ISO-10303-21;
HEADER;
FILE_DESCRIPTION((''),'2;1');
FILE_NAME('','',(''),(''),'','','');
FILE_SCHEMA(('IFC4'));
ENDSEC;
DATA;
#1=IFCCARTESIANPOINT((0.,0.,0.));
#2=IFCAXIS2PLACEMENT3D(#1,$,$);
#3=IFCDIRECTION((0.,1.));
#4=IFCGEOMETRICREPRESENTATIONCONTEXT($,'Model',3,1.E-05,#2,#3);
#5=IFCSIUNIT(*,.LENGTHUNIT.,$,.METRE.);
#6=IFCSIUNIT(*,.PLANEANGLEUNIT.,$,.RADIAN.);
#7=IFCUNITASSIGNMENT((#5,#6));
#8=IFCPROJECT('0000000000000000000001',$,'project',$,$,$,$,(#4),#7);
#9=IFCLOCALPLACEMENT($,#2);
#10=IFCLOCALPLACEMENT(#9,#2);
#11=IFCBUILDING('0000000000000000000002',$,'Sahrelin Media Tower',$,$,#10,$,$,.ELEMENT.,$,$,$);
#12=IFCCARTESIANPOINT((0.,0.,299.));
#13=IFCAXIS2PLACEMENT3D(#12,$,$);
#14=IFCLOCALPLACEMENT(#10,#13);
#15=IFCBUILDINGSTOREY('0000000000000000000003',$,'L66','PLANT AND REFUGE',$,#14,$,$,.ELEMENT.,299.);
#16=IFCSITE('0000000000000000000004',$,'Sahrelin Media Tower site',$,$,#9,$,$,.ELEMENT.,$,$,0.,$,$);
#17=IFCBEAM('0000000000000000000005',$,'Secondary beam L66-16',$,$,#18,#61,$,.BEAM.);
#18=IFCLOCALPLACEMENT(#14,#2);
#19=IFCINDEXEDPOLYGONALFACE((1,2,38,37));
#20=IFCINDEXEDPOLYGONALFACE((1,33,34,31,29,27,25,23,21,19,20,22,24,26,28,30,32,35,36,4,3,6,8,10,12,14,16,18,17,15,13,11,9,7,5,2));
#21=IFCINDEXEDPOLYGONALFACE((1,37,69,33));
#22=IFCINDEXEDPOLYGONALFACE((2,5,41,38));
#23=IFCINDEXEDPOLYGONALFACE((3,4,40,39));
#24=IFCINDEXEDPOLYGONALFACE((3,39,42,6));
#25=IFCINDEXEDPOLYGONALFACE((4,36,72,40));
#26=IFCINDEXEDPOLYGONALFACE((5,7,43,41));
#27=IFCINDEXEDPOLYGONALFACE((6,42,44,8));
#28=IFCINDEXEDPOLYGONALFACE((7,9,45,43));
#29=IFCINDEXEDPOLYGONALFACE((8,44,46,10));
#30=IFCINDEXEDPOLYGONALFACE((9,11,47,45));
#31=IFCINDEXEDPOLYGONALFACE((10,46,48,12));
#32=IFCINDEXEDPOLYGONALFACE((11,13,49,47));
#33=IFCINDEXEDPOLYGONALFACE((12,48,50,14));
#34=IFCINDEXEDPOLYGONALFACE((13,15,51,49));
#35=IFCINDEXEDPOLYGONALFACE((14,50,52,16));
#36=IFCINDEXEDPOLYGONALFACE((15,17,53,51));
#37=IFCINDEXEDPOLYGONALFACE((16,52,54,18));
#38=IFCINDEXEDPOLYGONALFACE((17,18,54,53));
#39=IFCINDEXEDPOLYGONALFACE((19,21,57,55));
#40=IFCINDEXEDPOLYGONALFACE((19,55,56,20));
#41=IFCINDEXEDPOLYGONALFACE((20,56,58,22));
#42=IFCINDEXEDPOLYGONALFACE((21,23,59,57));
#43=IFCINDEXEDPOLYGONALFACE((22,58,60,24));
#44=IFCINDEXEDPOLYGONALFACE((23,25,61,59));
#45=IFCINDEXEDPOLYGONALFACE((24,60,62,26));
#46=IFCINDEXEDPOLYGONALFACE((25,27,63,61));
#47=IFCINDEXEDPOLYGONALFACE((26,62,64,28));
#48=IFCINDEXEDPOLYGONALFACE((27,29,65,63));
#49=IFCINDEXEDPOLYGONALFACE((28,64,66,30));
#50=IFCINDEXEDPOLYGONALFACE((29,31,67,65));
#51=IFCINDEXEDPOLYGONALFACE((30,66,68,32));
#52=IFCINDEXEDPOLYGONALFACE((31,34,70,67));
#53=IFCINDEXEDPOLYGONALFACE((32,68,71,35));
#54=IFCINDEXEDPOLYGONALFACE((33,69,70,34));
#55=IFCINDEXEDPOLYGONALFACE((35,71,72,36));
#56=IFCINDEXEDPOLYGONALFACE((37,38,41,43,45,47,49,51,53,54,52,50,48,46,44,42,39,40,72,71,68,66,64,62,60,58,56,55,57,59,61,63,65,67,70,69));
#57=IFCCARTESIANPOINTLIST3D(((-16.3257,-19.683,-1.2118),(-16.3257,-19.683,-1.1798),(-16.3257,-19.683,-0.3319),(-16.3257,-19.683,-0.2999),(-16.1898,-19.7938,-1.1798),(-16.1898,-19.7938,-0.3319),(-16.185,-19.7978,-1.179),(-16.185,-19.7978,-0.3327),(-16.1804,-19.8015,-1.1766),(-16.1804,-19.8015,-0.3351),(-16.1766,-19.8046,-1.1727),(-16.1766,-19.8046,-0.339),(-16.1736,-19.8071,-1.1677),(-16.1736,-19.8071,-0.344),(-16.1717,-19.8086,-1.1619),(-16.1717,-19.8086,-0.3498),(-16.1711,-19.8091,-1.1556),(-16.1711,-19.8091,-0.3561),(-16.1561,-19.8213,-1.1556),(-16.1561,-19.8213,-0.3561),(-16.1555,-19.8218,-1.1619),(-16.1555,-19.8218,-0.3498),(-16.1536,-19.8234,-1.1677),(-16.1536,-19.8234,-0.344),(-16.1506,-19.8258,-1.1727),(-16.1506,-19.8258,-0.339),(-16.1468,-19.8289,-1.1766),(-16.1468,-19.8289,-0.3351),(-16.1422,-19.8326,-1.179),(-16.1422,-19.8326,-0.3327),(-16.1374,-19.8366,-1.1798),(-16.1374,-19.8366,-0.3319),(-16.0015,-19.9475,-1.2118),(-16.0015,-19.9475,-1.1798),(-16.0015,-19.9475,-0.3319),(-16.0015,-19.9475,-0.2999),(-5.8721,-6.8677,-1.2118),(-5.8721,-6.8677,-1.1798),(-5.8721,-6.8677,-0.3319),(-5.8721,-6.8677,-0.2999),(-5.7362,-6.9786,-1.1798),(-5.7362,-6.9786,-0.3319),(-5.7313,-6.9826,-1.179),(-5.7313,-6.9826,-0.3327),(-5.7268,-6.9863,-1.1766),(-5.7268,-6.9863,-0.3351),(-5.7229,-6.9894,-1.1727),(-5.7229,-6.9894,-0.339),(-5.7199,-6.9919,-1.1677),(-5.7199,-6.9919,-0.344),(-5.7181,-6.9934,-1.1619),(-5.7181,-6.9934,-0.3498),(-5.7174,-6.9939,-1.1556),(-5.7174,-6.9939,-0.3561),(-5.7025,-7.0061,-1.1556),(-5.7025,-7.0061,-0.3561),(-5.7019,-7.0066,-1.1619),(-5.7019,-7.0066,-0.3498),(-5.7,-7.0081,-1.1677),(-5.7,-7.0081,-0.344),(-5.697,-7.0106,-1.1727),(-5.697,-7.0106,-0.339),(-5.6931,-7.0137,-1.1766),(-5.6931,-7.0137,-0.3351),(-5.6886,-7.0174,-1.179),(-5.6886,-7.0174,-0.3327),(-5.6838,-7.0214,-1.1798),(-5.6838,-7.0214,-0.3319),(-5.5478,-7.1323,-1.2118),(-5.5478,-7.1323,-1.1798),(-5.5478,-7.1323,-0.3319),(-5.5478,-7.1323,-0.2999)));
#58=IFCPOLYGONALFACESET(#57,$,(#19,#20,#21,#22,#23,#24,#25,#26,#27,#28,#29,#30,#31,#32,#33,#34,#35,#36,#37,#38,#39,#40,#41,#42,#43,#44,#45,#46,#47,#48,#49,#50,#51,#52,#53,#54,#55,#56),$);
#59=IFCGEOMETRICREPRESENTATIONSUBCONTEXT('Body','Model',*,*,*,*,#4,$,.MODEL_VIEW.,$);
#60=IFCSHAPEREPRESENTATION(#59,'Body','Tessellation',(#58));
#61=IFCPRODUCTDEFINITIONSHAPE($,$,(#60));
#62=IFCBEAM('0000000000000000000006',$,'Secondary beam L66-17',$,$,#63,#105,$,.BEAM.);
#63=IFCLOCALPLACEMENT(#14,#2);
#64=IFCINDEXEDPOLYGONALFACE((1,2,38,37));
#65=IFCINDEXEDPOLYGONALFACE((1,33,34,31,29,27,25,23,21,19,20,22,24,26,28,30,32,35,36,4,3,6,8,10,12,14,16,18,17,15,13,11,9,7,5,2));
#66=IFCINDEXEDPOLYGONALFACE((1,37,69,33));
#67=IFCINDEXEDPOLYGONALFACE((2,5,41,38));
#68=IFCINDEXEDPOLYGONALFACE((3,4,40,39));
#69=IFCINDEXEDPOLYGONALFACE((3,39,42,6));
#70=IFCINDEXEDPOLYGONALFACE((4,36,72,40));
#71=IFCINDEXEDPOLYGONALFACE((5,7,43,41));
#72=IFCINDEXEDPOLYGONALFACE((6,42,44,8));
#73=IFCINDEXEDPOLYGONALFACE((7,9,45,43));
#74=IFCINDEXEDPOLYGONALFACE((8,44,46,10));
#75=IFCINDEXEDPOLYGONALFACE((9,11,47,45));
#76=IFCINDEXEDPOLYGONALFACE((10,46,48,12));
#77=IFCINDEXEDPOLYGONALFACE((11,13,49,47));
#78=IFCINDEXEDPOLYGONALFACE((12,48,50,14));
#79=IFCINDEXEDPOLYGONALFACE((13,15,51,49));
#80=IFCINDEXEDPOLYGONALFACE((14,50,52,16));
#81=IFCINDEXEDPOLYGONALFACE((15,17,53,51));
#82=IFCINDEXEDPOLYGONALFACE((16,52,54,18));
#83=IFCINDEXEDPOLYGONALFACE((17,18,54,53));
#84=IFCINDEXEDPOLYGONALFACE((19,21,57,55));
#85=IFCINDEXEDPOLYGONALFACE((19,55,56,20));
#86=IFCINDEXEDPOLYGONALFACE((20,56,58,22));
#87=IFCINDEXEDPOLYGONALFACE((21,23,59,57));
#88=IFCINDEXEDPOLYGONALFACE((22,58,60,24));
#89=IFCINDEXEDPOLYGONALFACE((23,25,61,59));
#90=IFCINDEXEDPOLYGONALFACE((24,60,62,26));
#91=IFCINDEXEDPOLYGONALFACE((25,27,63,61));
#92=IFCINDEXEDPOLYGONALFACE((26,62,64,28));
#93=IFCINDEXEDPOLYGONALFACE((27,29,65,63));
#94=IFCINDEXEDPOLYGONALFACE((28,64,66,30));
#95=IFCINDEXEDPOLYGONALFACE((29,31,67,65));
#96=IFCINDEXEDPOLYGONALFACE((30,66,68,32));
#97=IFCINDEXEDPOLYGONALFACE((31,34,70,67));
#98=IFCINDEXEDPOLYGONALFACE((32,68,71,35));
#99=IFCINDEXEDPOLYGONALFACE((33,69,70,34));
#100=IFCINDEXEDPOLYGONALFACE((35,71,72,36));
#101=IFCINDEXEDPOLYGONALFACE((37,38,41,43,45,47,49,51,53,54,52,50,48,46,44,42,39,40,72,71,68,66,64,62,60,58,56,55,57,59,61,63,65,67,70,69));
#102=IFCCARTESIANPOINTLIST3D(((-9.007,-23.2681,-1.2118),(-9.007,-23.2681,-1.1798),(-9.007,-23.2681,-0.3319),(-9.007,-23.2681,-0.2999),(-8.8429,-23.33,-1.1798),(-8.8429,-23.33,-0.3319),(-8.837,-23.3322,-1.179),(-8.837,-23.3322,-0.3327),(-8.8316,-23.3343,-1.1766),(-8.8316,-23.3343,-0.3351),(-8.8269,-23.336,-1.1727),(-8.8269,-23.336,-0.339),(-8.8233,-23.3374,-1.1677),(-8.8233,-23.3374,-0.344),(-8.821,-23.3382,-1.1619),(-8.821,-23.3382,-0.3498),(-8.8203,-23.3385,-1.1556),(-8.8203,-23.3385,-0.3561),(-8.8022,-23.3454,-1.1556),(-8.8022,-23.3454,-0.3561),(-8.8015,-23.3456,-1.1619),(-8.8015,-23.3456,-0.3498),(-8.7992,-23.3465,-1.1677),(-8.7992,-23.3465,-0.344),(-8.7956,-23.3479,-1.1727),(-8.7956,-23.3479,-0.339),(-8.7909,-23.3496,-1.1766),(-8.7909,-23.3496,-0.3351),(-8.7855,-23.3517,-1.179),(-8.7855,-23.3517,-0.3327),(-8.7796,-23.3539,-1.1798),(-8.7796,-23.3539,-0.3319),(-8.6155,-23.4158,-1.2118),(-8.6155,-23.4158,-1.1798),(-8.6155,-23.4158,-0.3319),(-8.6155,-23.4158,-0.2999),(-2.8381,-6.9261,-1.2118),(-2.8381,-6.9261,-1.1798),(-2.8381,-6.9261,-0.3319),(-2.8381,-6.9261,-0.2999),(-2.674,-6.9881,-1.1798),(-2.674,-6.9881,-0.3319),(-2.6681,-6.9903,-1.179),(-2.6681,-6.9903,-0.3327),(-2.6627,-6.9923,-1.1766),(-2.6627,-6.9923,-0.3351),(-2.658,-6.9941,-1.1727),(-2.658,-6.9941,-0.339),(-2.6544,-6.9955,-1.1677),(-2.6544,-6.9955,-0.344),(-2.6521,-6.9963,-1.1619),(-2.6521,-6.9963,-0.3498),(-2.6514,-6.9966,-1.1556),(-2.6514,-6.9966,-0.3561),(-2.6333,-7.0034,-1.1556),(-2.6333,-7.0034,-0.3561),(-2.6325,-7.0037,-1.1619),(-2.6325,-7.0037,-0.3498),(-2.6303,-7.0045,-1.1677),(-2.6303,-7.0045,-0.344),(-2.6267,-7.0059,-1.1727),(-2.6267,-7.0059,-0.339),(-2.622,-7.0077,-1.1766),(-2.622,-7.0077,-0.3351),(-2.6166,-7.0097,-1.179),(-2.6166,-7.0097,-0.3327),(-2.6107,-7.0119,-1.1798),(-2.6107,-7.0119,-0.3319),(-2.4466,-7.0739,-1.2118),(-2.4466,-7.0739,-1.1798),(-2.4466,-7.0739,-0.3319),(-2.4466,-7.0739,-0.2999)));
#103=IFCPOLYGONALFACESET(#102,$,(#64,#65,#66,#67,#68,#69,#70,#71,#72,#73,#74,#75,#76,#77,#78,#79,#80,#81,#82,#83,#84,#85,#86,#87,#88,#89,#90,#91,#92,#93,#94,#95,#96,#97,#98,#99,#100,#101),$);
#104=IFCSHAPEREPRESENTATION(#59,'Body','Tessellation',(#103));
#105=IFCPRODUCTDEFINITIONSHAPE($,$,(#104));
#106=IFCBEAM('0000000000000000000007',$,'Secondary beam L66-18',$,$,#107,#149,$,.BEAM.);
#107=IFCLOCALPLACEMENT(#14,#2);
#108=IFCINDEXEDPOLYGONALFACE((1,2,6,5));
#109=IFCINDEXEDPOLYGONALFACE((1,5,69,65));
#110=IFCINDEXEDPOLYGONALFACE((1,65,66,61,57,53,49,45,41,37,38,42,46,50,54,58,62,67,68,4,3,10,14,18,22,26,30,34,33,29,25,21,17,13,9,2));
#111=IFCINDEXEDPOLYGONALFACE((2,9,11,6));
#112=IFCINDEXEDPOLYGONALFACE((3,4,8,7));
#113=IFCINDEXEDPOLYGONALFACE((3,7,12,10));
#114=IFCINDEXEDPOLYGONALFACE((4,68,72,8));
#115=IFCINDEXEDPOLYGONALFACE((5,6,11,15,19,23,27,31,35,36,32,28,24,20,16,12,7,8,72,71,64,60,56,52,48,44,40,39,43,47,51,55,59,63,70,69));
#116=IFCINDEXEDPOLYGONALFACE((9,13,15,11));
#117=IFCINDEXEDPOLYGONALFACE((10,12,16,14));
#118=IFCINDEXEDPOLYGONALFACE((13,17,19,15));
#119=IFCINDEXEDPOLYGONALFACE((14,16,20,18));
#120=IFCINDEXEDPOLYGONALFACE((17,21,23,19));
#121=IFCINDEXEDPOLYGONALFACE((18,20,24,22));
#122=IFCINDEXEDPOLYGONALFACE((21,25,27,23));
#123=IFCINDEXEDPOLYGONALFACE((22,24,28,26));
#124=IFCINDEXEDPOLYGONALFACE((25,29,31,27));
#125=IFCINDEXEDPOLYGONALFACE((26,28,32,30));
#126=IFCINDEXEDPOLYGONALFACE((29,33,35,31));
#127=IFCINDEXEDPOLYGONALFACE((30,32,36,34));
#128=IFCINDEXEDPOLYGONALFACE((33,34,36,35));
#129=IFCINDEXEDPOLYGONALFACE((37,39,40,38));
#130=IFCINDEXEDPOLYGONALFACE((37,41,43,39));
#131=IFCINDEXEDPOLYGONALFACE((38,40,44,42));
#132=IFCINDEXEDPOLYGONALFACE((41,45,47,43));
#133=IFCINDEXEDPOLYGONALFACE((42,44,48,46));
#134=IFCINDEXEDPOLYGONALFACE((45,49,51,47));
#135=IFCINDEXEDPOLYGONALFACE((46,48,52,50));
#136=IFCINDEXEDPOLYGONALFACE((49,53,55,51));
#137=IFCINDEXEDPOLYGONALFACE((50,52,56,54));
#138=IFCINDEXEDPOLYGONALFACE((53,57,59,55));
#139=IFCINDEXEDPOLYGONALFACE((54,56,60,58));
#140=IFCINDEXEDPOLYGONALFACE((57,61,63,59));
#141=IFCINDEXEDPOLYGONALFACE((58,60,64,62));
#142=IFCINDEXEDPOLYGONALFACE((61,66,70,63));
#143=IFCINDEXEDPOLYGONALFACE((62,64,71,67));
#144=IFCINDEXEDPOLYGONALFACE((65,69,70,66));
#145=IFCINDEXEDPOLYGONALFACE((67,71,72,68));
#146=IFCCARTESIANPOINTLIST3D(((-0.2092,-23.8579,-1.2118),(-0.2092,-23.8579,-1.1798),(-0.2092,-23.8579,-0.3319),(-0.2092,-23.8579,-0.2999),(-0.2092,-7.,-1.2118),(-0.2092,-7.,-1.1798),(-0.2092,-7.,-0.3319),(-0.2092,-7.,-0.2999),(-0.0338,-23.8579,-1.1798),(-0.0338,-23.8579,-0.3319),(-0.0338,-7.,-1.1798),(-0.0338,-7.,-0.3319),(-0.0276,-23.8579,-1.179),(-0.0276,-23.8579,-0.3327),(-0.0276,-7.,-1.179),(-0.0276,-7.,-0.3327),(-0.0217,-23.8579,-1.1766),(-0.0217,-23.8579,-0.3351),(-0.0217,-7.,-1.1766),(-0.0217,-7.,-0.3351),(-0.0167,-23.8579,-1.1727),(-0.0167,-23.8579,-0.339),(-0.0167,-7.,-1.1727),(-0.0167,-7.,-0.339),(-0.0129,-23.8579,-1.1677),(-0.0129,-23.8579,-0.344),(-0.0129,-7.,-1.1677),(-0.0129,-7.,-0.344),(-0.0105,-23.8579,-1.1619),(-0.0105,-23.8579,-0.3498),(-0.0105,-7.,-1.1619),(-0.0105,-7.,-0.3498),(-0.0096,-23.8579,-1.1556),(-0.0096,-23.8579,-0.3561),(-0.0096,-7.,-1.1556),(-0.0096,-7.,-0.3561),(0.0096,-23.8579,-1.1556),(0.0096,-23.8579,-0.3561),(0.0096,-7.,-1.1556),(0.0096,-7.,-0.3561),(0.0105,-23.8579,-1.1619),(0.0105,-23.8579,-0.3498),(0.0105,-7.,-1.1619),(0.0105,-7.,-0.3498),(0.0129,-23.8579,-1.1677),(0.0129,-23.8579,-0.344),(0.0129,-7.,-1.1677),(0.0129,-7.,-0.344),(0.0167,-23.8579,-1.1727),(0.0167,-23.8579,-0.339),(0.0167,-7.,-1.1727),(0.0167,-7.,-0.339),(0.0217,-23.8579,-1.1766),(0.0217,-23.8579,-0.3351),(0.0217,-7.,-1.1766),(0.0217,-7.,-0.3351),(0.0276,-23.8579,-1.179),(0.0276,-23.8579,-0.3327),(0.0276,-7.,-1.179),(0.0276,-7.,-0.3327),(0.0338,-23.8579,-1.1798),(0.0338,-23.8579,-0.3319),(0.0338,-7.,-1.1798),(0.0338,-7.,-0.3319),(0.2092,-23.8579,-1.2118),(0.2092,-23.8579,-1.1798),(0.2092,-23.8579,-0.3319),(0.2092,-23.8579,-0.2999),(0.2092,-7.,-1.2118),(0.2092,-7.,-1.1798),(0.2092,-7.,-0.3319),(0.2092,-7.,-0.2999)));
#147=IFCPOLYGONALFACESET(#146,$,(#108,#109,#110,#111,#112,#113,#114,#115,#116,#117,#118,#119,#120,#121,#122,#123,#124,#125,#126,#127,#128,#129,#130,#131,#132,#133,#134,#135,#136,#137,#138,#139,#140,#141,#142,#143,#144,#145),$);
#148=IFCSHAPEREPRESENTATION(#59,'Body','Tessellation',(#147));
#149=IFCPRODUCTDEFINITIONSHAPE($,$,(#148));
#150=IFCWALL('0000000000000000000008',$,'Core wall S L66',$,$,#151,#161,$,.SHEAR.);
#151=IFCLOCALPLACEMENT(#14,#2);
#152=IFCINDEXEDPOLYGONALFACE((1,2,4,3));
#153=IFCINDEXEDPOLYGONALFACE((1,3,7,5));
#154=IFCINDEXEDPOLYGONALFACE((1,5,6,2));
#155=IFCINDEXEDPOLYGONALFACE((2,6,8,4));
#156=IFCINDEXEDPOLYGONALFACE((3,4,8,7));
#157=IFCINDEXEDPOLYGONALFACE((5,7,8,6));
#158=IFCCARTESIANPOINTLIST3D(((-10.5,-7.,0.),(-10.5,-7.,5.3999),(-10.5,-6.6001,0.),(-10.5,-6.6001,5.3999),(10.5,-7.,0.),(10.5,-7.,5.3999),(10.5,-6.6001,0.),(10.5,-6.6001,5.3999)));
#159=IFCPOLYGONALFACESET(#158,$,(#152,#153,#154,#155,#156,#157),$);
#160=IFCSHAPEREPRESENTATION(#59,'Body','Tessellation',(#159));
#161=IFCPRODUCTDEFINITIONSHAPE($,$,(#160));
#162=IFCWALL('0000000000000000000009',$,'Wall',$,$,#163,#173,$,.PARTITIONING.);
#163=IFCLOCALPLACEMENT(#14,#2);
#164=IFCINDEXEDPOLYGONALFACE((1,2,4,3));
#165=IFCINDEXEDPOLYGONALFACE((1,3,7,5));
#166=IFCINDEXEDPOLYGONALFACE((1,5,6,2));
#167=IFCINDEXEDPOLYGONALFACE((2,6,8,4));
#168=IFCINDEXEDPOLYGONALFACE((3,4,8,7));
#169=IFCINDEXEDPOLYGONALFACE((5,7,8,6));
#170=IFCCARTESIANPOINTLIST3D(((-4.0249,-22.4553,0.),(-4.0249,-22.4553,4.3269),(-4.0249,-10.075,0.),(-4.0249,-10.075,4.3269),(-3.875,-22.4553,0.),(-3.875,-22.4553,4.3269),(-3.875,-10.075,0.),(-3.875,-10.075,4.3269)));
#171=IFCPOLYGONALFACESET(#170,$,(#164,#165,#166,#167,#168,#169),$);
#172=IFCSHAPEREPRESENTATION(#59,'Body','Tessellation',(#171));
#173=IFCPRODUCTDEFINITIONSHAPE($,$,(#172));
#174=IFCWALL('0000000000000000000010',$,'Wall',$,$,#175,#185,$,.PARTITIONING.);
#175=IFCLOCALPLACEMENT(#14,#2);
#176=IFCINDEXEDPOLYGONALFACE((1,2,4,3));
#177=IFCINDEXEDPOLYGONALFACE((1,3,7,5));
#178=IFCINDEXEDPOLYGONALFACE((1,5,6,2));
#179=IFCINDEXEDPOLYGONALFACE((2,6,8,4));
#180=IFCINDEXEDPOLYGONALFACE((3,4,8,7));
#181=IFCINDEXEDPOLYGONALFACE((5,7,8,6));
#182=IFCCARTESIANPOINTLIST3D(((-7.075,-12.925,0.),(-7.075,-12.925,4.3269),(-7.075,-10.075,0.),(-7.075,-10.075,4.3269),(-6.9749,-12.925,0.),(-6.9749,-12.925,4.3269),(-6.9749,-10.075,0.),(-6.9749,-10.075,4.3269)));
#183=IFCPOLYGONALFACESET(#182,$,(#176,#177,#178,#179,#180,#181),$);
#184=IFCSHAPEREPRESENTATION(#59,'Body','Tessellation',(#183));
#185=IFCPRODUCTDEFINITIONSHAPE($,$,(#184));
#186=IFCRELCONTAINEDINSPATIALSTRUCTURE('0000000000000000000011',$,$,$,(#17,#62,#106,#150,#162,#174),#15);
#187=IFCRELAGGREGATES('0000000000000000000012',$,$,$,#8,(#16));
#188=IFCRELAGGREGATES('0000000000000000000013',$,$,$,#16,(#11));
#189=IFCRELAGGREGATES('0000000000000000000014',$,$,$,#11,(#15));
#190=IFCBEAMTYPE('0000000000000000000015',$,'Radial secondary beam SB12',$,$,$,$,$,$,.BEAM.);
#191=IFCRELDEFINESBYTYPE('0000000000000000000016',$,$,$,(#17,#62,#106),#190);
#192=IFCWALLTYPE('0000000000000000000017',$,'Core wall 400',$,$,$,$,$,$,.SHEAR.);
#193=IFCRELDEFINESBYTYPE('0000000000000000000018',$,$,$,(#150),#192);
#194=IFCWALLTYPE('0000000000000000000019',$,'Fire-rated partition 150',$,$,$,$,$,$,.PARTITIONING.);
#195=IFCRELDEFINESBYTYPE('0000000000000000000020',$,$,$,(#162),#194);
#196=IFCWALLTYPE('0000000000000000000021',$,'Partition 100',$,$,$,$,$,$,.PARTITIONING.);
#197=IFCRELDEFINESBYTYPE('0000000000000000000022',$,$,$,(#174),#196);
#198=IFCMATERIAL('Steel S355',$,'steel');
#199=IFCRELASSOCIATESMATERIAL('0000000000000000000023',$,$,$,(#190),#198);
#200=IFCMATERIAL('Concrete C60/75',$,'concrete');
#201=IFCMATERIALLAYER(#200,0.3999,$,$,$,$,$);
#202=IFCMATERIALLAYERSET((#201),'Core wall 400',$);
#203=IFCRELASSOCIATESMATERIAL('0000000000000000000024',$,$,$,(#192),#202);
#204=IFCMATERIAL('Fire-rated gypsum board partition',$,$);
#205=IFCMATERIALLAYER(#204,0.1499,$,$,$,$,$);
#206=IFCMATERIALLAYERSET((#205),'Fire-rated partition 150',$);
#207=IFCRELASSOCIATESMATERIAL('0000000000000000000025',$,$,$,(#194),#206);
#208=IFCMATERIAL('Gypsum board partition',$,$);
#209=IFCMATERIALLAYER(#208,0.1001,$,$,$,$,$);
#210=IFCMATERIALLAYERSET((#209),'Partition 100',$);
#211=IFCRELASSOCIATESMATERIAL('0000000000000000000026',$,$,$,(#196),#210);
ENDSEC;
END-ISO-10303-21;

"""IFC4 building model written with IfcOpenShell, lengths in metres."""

from ifc_helpers import new_model, si_unit, direction, frame, frame_2d, origin, origin_2d, place, context, subcontext, project, spatial, rectangle, i_section, extrude, material, layer, layer_set, material_profile, profile_set, type_object, element, save


model = new_model("IFC4")

# Units and contexts
model_context = context("Model", 3, precision=1e-05, world=origin(), true_north=direction((0.0, 1.0)))
body_context = subcontext(model_context, "Body", "Model", "MODEL_VIEW")
ifc_project = project(units=[si_unit("LENGTHUNIT", "METRE"), si_unit("PLANEANGLEUNIT", "RADIAN")], contexts=[model_context])

# Site, building, storey
site_placement = place(None, origin())
site = spatial("IfcSite", under=ifc_project, at=site_placement, Name="Sahrelin Media Tower site", CompositionType="ELEMENT", RefElevation=0.0)
building_placement = place(site_placement, origin())
building = spatial("IfcBuilding", under=site, at=building_placement, Name="Sahrelin Media Tower", CompositionType="ELEMENT")
storey_placement = place(building_placement, frame((0.0, 0.0, 299.0)))
storey = spatial("IfcBuildingStorey", under=building, at=storey_placement, Name="L66", Description="PLANT AND REFUGE", CompositionType="ELEMENT", Elevation=299.0)

# Beams
ifc_material_1 = material(Name="Steel S355", Category="steel")
ifc_material_profile_1 = material_profile(ifc_material_1, i_section(OverallWidth=0.4185, OverallDepth=0.9119, WebThickness=0.0193, FlangeThickness=0.032, FilletRadius=0.0242, at=origin_2d()), Name="UB 914x419x343")
ifc_profile_set_1 = profile_set([ifc_material_profile_1], Name="Steel S355")
beam_type_1 = type_object("IfcBeamType", Name="Radial secondary beam SB12", PredefinedType="BEAM", material=ifc_profile_set_1)
beam_1_placement = place(storey_placement, frame((-5.71, -7.0, -0.7559), z_axis=(-0.632095, -0.774891, 0.0), x_axis=(0.774891, -0.632095, 0.0)))
element("IfcBeam", 1, at=beam_1_placement, inside=storey, type_object=beam_type_1, Name="Secondary beam L66-16", PredefinedType="BEAM", context=body_context, shape_type="SweptSolid", body=[
    extrude(i_section(OverallWidth=0.4185, OverallDepth=0.9119, WebThickness=0.0193, FlangeThickness=0.032, FilletRadius=0.0242, at=origin_2d()), origin(), (0.0, 0.0, 1.0), 16.5381),
])
beam_2_placement = place(storey_placement, frame((-2.6423, -7.0, -0.7559), z_axis=(-0.353164, -0.935561, 0.0), x_axis=(0.935561, -0.353164, 0.0)))
element("IfcBeam", 2, at=beam_2_placement, inside=storey, type_object=beam_type_1, Name="Secondary beam L66-17", PredefinedType="BEAM", context=body_context, shape_type="SweptSolid", body=[
    extrude(i_section(OverallWidth=0.4185, OverallDepth=0.9119, WebThickness=0.0193, FlangeThickness=0.032, FilletRadius=0.0242, at=origin_2d()), origin(), (0.0, 0.0, 1.0), 17.4675),
])
beam_3_placement = place(storey_placement, frame((0.0, -7.0, -0.7559), z_axis=(0.0, -1.0, 0.0), x_axis=(1.0, 0.0, 0.0)))
element("IfcBeam", 3, at=beam_3_placement, inside=storey, type_object=beam_type_1, Name="Secondary beam L66-18", PredefinedType="BEAM", context=body_context, shape_type="SweptSolid", body=[
    extrude(i_section(OverallWidth=0.4185, OverallDepth=0.9119, WebThickness=0.0193, FlangeThickness=0.032, FilletRadius=0.0242, at=origin_2d()), origin(), (0.0, 0.0, 1.0), 16.8579),
])

# Walls
ifc_material_2 = material(Name="Concrete C60/75", Category="concrete")
ifc_layer_1 = layer(ifc_material_2, 0.3999)
ifc_layer_set_1 = layer_set([ifc_layer_1], Name="Core wall 400")
wall_type_1 = type_object("IfcWallType", Name="Core wall 400", PredefinedType="SHEAR", material=ifc_layer_set_1)
wall_1_placement = place(storey_placement, frame((-10.5, -6.8, 0.0), z_axis=(0.0, 0.0, 1.0), x_axis=(1.0, 0.0, 0.0)))
element("IfcWall", 4, at=wall_1_placement, inside=storey, type_object=wall_type_1, Name="Core wall S L66", PredefinedType="SHEAR", context=body_context, shape_type="SweptSolid", body=[
    extrude(rectangle(XDim=21.0, YDim=0.3999, at=frame_2d((10.5, 0.0))), origin(), (0.0, 0.0, 1.0), 5.3999),
])
ifc_material_3 = material(Name="Fire-rated gypsum board partition")
ifc_layer_2 = layer(ifc_material_3, 0.1499)
ifc_layer_set_2 = layer_set([ifc_layer_2], Name="Fire-rated partition 150")
wall_type_2 = type_object("IfcWallType", Name="Fire-rated partition 150", PredefinedType="PARTITIONING", material=ifc_layer_set_2)
wall_2_placement = place(storey_placement, frame((-3.95, -10.075, 0.0), z_axis=(0.0, 0.0, 1.0), x_axis=(0.0, -1.0, 0.0)))
element("IfcWall", 5, at=wall_2_placement, inside=storey, type_object=wall_type_2, Name="Wall", PredefinedType="PARTITIONING", context=body_context, shape_type="SweptSolid", body=[
    extrude(rectangle(XDim=12.3804, YDim=0.1499, at=frame_2d((6.1902, 0.0))), origin(), (0.0, 0.0, 1.0), 4.3269),
])
ifc_material_4 = material(Name="Gypsum board partition")
ifc_layer_3 = layer(ifc_material_4, 0.1001)
ifc_layer_set_3 = layer_set([ifc_layer_3], Name="Partition 100")
wall_type_3 = type_object("IfcWallType", Name="Partition 100", PredefinedType="PARTITIONING", material=ifc_layer_set_3)
wall_3_placement = place(storey_placement, frame((-7.0249, -12.925, 0.0), z_axis=(0.0, 0.0, 1.0), x_axis=(0.0, 1.0, 0.0)))
element("IfcWall", 6, at=wall_3_placement, inside=storey, type_object=wall_type_3, Name="Wall", PredefinedType="PARTITIONING", context=body_context, shape_type="SweptSolid", body=[
    extrude(rectangle(XDim=2.8501, YDim=0.1001, at=frame_2d((1.425, 0.0))), origin(), (0.0, 0.0, 1.0), 4.3269),
])

save(model, "model.ifc")
